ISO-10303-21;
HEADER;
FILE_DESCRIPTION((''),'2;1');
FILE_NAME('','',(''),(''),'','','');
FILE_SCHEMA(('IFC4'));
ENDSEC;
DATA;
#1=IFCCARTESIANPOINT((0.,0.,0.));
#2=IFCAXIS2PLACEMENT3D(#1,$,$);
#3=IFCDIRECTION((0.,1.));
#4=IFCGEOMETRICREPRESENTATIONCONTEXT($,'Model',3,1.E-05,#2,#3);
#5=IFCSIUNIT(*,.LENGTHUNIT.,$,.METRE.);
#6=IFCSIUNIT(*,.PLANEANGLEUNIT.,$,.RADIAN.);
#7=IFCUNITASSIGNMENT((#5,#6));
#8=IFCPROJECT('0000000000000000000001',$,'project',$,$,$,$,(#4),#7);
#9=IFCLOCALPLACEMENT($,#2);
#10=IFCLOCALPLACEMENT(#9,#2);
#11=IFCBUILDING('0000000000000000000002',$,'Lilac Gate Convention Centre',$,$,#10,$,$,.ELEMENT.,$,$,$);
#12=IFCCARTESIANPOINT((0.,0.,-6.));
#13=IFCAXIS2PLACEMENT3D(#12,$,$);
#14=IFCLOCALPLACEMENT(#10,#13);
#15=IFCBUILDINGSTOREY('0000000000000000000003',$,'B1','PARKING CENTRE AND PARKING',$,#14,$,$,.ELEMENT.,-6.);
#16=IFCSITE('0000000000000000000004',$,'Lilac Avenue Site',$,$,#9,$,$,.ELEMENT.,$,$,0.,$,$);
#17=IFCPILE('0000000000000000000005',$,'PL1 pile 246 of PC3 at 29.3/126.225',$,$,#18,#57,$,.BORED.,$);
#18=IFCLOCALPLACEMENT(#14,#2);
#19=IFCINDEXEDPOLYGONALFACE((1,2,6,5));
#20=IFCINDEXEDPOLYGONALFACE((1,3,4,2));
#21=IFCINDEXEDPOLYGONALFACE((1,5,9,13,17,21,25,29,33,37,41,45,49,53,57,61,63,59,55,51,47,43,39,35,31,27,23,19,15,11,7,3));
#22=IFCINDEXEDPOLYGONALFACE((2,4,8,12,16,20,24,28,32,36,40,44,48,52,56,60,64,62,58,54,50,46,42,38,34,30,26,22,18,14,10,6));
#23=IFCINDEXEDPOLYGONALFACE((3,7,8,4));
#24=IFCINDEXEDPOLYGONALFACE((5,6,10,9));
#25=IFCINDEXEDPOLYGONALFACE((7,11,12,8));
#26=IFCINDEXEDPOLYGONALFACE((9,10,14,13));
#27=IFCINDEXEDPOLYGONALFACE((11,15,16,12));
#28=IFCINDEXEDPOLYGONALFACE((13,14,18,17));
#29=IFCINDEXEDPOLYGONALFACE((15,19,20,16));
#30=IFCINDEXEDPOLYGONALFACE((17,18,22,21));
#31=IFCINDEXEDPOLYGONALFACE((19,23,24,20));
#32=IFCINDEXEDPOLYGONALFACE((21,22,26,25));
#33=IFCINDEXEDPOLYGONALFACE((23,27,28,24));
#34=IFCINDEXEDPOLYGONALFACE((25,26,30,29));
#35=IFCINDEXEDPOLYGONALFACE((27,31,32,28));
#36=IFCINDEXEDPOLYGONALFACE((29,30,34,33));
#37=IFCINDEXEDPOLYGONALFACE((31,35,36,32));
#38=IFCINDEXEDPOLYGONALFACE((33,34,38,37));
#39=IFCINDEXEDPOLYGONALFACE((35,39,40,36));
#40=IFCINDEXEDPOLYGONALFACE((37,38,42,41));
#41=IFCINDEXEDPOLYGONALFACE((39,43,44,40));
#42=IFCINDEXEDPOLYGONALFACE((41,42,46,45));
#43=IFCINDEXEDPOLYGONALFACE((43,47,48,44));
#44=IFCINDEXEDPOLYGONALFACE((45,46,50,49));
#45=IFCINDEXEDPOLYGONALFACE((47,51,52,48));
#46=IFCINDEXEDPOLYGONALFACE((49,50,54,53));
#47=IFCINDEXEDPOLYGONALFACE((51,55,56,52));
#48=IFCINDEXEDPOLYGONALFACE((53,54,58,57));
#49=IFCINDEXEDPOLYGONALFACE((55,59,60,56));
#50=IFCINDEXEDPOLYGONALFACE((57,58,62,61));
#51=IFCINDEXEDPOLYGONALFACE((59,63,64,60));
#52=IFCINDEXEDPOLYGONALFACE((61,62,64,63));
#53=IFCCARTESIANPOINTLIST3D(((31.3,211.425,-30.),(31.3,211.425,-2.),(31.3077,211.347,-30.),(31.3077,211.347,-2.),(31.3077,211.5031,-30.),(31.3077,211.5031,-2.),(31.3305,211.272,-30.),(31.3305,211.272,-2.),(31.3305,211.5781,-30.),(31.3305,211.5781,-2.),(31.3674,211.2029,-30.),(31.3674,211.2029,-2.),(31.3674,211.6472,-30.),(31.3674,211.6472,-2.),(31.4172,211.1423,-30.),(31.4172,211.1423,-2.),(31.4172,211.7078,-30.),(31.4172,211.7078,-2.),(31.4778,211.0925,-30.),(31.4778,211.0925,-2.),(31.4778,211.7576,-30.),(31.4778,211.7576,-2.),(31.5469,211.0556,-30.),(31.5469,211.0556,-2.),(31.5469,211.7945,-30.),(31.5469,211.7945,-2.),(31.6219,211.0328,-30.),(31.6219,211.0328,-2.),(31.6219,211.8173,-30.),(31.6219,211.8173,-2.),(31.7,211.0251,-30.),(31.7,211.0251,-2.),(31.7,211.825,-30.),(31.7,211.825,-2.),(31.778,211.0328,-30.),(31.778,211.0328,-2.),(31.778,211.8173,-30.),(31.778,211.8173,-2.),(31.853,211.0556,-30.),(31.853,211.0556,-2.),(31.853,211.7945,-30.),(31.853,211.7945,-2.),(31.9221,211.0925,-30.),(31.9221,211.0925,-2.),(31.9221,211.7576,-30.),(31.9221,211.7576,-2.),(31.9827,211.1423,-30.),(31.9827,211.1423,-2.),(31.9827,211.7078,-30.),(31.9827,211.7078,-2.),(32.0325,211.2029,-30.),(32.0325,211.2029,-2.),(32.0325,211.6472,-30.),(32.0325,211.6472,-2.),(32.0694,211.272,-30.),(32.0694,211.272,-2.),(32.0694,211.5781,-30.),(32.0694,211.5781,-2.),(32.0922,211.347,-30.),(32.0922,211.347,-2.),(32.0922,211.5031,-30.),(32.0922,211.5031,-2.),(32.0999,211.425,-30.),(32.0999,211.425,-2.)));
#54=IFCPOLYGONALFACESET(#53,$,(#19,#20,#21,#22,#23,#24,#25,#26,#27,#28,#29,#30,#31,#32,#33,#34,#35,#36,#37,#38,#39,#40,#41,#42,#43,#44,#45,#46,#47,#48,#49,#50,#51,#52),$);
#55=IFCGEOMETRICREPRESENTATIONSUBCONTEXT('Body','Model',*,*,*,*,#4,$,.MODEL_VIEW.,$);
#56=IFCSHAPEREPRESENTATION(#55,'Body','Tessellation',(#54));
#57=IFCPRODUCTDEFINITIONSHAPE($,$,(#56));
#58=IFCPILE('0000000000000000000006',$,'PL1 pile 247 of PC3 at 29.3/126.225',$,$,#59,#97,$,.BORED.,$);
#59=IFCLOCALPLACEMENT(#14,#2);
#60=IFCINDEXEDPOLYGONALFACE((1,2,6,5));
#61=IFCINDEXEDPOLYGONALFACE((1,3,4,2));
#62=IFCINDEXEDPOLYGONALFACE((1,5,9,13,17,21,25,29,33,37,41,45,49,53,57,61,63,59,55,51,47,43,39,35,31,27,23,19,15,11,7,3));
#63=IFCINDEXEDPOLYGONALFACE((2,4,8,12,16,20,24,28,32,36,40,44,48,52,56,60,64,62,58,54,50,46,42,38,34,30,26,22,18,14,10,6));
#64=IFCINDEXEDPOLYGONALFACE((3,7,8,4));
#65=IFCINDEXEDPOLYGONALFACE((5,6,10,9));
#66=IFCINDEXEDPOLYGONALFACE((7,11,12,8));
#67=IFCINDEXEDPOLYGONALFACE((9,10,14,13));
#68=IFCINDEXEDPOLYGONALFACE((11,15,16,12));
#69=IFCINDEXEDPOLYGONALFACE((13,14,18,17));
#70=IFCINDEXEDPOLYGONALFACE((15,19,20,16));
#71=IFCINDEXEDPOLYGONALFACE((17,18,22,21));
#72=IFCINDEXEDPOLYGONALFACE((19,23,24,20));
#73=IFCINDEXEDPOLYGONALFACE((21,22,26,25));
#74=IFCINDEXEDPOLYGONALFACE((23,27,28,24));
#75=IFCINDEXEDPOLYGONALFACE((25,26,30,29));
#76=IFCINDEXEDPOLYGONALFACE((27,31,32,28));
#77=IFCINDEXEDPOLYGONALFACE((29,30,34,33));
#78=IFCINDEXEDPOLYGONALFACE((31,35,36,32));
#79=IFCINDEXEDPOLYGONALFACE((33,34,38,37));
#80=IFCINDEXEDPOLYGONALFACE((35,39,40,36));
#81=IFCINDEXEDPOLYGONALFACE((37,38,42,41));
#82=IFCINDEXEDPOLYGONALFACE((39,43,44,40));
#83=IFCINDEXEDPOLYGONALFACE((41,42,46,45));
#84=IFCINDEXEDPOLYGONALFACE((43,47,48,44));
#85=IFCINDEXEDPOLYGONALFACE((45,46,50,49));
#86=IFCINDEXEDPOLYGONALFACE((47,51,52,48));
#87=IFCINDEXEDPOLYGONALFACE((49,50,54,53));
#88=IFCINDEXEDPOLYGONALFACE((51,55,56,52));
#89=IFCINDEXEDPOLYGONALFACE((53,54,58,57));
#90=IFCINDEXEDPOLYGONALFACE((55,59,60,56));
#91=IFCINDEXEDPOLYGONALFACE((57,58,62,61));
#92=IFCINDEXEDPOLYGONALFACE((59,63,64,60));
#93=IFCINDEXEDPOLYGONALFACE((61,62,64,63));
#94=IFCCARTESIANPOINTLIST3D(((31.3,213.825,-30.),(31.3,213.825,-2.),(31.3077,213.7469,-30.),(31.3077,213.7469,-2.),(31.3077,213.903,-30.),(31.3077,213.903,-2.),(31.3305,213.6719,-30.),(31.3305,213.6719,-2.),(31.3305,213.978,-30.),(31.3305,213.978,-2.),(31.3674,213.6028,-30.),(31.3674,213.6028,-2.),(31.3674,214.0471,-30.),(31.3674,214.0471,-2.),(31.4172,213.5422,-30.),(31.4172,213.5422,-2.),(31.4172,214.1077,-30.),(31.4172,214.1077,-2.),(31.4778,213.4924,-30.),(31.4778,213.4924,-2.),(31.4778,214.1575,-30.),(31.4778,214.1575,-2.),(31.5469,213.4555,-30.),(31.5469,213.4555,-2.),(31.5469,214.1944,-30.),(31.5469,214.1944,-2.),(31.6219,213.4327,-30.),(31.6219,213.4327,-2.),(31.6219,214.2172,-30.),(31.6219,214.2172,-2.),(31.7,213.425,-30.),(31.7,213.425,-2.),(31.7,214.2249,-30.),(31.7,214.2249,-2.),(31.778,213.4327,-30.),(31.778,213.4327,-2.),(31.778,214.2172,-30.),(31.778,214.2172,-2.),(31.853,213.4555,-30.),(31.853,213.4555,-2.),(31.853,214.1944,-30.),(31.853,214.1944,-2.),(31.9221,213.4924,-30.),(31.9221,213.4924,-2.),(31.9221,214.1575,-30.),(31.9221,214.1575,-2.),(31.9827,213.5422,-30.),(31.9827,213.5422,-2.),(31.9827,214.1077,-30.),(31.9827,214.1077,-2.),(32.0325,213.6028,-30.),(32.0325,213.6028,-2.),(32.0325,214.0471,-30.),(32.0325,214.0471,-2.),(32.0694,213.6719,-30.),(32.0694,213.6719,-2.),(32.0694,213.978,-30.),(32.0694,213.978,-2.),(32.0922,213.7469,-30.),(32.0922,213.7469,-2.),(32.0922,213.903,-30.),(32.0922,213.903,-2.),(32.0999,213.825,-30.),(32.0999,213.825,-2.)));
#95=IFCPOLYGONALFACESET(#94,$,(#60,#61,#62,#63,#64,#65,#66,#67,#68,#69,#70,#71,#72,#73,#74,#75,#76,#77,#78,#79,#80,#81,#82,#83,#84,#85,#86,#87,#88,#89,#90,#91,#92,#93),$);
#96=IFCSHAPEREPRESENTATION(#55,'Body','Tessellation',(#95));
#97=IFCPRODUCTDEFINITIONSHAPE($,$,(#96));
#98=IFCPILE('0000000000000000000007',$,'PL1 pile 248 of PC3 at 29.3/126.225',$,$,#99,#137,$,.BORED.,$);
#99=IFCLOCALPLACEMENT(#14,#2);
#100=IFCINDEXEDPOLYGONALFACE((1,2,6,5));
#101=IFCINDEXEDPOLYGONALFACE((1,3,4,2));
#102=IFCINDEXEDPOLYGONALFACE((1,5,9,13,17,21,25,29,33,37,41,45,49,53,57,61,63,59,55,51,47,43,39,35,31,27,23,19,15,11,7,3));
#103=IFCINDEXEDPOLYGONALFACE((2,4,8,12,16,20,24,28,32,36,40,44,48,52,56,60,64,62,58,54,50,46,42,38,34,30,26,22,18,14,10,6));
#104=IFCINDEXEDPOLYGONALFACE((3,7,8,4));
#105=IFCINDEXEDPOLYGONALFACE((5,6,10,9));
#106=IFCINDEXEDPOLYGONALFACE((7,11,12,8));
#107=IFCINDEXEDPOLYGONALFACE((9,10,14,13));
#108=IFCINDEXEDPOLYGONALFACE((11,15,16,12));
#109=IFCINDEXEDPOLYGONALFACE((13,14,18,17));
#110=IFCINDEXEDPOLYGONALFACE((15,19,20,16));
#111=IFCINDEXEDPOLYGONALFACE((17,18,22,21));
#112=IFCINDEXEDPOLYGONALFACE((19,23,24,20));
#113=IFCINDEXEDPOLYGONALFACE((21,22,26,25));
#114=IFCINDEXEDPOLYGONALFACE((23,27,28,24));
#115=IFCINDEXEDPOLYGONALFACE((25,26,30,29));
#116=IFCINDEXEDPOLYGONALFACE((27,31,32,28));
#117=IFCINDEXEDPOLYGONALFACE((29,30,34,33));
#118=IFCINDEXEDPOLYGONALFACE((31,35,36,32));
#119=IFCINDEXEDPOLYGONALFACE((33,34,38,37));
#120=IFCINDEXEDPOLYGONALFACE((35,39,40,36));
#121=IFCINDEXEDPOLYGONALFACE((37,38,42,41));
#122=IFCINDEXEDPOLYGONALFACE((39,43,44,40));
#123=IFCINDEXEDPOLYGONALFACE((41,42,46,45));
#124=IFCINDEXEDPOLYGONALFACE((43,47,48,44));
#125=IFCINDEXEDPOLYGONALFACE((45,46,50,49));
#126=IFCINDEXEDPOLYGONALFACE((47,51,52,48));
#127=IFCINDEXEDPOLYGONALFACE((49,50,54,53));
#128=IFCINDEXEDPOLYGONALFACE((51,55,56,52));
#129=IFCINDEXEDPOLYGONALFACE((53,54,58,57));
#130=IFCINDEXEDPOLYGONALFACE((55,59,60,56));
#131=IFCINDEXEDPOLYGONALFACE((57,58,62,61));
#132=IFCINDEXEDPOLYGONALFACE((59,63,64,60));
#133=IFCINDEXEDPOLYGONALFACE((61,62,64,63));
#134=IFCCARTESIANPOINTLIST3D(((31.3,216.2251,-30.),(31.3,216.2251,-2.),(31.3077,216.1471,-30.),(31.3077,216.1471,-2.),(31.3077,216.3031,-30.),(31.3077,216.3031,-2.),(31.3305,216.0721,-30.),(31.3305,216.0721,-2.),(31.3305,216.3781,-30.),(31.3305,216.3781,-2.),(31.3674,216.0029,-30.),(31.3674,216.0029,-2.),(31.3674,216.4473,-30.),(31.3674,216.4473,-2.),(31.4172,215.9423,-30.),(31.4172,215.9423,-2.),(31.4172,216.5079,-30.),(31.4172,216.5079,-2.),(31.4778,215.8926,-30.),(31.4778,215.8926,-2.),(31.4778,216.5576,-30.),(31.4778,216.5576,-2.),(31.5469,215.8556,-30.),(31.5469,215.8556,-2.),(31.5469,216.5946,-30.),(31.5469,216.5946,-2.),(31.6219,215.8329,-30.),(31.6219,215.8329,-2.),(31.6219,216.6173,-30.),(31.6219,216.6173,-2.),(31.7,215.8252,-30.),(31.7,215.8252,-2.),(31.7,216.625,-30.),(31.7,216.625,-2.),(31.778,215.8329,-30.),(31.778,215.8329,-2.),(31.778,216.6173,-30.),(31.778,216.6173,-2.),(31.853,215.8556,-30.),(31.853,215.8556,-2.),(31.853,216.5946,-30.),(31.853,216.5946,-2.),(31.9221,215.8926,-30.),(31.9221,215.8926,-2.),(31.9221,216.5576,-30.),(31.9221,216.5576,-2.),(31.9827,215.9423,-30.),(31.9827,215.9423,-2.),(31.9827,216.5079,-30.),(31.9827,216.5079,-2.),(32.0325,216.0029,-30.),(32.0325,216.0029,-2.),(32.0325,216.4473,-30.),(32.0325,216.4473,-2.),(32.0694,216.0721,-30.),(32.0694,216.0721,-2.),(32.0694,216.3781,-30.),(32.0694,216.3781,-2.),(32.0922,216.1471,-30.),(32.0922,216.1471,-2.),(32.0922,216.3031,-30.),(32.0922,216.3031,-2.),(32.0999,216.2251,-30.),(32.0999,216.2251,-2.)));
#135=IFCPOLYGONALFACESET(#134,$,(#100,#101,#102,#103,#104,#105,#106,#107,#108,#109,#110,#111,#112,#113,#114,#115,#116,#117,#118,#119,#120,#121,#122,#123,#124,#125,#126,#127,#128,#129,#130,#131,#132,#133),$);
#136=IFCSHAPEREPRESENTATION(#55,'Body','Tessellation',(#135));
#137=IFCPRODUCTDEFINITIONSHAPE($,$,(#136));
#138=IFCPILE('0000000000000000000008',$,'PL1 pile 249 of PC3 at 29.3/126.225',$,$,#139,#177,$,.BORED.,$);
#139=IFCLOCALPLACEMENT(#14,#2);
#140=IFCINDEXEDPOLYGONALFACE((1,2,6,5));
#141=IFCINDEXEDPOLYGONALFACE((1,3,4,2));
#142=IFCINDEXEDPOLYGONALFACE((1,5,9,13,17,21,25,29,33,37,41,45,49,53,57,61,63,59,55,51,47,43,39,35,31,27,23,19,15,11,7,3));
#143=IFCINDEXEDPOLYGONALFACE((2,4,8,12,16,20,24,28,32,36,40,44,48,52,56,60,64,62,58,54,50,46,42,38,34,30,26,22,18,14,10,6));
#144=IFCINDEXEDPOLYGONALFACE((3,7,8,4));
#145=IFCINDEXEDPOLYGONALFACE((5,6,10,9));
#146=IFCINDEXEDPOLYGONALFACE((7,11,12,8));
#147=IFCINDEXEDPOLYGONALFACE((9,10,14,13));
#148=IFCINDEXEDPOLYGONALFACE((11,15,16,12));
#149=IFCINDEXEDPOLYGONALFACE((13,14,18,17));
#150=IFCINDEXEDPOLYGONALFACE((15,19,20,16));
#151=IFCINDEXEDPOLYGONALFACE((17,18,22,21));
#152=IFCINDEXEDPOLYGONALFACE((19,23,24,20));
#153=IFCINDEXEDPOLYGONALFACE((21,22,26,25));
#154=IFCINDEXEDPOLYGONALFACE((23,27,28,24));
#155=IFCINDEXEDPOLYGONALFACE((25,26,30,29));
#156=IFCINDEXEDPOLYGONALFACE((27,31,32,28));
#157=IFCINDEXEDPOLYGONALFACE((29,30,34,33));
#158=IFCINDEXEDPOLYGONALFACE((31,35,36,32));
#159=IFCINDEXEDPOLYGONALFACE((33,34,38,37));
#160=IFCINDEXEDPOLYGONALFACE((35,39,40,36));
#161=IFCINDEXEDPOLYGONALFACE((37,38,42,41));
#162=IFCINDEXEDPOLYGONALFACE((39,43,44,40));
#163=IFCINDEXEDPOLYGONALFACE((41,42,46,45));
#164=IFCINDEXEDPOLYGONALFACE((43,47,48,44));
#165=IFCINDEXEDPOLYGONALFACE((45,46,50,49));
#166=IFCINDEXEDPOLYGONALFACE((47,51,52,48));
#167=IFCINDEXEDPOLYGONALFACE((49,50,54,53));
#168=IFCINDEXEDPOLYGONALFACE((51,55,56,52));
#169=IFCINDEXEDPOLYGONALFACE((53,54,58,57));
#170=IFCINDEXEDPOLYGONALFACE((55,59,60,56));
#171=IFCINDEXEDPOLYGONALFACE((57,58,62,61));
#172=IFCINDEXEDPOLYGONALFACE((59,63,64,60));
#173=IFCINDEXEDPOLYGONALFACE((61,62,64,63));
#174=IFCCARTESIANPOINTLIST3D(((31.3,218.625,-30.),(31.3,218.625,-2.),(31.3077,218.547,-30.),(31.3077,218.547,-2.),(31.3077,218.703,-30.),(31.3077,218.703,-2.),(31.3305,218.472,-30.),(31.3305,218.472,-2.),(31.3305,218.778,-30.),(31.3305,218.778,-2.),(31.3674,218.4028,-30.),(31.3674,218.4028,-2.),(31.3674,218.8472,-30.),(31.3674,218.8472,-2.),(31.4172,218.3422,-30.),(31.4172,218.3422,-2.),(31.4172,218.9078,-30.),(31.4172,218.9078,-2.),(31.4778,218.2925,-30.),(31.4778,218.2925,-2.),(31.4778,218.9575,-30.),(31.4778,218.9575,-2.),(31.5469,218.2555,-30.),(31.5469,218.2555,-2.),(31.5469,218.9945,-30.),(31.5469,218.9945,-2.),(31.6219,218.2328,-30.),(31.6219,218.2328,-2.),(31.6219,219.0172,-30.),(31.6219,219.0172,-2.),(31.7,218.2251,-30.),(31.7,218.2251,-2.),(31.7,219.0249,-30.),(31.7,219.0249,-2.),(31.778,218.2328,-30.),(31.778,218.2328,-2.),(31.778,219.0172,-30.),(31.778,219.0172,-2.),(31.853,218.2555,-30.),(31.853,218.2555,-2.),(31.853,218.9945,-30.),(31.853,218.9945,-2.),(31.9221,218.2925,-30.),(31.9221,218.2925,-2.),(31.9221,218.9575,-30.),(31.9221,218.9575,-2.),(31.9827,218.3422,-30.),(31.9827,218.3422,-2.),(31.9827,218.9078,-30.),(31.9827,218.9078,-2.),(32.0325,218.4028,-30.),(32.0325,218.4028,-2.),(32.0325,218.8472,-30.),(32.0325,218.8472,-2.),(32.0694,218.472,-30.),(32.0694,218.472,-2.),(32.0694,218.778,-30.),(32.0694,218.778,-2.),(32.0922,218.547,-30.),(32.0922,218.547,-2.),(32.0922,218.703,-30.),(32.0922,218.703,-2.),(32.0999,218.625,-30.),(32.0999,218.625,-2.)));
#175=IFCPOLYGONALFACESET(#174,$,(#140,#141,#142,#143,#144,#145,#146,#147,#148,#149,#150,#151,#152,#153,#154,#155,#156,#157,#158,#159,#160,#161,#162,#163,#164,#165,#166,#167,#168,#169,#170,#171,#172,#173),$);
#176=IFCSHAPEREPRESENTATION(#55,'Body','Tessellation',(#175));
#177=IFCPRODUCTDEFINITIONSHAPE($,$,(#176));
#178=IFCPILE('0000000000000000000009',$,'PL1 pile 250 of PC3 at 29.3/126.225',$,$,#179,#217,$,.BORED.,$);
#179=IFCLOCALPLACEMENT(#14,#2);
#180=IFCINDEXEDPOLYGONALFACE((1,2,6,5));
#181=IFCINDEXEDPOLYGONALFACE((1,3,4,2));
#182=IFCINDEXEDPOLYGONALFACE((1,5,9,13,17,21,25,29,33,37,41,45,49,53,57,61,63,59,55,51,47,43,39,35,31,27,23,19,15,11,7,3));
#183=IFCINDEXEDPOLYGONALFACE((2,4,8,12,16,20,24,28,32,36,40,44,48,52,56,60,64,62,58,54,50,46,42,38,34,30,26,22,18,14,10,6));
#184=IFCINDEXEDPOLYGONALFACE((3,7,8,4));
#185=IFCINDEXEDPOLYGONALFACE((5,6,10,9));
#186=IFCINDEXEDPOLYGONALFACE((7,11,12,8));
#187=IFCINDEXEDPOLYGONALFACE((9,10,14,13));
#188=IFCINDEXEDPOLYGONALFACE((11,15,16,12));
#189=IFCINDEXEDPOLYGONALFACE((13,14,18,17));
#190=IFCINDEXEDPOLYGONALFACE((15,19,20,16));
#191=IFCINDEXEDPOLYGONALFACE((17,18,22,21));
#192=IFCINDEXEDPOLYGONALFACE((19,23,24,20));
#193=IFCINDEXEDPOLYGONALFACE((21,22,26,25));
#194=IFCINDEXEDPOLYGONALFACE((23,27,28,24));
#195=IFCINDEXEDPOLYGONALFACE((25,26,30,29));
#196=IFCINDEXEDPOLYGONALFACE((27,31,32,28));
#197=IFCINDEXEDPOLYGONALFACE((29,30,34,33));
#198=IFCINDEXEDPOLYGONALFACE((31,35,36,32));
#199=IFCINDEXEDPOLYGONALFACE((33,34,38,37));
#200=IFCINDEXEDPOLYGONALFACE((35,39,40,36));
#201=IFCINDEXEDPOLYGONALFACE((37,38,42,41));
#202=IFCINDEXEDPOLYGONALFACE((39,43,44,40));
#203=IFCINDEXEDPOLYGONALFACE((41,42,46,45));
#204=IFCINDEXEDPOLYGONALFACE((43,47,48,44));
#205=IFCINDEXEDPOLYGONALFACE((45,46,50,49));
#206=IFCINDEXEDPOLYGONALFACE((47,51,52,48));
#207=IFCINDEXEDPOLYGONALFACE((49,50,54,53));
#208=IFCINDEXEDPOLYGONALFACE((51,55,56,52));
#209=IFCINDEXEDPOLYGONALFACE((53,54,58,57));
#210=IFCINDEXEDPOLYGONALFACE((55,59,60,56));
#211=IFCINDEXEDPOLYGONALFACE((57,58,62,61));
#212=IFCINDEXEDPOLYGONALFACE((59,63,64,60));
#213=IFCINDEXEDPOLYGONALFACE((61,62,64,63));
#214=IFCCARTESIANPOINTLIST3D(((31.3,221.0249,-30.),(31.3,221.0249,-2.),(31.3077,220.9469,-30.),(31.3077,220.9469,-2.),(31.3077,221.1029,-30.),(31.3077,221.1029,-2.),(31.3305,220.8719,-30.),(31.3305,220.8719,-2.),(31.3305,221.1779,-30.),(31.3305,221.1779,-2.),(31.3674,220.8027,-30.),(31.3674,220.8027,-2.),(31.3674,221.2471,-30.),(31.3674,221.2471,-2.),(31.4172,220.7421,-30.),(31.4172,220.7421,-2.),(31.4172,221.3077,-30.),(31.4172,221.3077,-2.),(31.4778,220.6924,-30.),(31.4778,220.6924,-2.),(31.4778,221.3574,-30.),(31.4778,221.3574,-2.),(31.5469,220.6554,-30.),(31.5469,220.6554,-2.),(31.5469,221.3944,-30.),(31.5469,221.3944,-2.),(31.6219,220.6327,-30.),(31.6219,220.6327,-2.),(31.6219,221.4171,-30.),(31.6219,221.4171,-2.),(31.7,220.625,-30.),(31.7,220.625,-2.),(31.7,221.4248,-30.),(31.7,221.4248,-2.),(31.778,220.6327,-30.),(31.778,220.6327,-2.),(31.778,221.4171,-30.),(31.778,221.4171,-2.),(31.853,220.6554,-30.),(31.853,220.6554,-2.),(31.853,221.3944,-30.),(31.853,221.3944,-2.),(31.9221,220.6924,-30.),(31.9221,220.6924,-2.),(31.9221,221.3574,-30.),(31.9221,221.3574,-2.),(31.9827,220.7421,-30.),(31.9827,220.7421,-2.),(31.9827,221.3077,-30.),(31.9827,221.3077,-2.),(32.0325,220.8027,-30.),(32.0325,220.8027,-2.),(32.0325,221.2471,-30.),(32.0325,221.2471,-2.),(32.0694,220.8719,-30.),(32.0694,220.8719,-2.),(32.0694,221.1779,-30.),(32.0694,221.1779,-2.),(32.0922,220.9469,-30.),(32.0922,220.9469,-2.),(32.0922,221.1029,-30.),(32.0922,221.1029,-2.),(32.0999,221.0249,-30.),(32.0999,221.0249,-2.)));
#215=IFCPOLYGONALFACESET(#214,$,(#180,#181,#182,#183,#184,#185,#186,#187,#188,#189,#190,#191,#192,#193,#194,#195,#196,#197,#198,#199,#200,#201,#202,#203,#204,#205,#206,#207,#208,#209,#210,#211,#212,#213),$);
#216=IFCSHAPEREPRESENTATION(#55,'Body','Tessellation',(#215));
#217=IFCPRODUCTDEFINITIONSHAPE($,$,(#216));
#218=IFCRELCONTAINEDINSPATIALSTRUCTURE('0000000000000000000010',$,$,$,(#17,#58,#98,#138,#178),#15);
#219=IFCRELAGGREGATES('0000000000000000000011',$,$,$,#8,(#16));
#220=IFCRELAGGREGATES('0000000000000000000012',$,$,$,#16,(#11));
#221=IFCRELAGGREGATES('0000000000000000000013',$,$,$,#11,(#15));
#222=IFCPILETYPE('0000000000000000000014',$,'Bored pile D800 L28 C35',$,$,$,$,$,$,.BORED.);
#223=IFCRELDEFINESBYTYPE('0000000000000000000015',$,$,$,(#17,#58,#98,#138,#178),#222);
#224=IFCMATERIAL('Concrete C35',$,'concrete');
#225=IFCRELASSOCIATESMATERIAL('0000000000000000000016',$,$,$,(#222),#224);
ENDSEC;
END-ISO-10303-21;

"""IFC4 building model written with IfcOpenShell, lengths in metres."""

from ifc_helpers import new_model, si_unit, direction, frame, origin, origin_2d, place, context, subcontext, project, spatial, circle, extrude, material, material_profile, profile_set, type_object, element, save


model = new_model("IFC4")

# Units and contexts
model_context = context("Model", 3, precision=1e-05, world=origin(), true_north=direction((0.0, 1.0)))
body_context = subcontext(model_context, "Body", "Model", "MODEL_VIEW")
ifc_project = project(units=[si_unit("LENGTHUNIT", "METRE"), si_unit("PLANEANGLEUNIT", "RADIAN")], contexts=[model_context])

# Site, building, storey
site_placement = place(None, origin())
site = spatial("IfcSite", under=ifc_project, at=site_placement, Name="Lilac Avenue Site", CompositionType="ELEMENT", RefElevation=0.0)
building_placement = place(site_placement, origin())
building = spatial("IfcBuilding", under=site, at=building_placement, Name="Lilac Gate Convention Centre", CompositionType="ELEMENT")
storey_placement = place(building_placement, frame((0.0, 0.0, -6.0)))
storey = spatial("IfcBuildingStorey", under=building, at=storey_placement, Name="B1", Description="PARKING CENTRE AND PARKING", CompositionType="ELEMENT", Elevation=-6.0)

# Piles
ifc_material_1 = material(Name="Concrete C35", Category="concrete")
ifc_material_profile_1 = material_profile(ifc_material_1, circle(Radius=0.3999, at=origin_2d()), Name="D800")
ifc_profile_set_1 = profile_set([ifc_material_profile_1], Name="Concrete C35")
pile_type_1 = type_object("IfcPileType", Name="Bored pile D800 L28 C35", PredefinedType="BORED", material=ifc_profile_set_1)
for number, where, z_axis, x_axis, name in (
    (1, (31.7, 211.425, -2.0), (0.0, 0.0, -1.0), (1.0, 0.0, 0.0), "PL1 pile 246 of PC3 at 29.3/126.225"),
    (2, (31.7, 213.825, -2.0), (0.0, 0.0, -1.0), (1.0, 0.0, 0.0), "PL1 pile 247 of PC3 at 29.3/126.225"),
    (3, (31.7, 216.2251, -2.0), (0.0, 0.0, -1.0), (1.0, 0.0, 0.0), "PL1 pile 248 of PC3 at 29.3/126.225"),
    (4, (31.7, 218.625, -2.0), (0.0, 0.0, -1.0), (1.0, 0.0, 0.0), "PL1 pile 249 of PC3 at 29.3/126.225"),
    (5, (31.7, 221.0249, -2.0), (0.0, 0.0, -1.0), (1.0, 0.0, 0.0), "PL1 pile 250 of PC3 at 29.3/126.225"),
):
    element("IfcPile", number, at=place(storey_placement, frame(where, z_axis=z_axis, x_axis=x_axis)), inside=storey, type_object=pile_type_1, Name=name, PredefinedType="BORED", context=body_context, shape_type="SweptSolid", body=[
        extrude(circle(Radius=0.3999, at=origin_2d()), origin(), (0.0, 0.0, 1.0), 28.0),
    ])

save(model, "model.ifc")
